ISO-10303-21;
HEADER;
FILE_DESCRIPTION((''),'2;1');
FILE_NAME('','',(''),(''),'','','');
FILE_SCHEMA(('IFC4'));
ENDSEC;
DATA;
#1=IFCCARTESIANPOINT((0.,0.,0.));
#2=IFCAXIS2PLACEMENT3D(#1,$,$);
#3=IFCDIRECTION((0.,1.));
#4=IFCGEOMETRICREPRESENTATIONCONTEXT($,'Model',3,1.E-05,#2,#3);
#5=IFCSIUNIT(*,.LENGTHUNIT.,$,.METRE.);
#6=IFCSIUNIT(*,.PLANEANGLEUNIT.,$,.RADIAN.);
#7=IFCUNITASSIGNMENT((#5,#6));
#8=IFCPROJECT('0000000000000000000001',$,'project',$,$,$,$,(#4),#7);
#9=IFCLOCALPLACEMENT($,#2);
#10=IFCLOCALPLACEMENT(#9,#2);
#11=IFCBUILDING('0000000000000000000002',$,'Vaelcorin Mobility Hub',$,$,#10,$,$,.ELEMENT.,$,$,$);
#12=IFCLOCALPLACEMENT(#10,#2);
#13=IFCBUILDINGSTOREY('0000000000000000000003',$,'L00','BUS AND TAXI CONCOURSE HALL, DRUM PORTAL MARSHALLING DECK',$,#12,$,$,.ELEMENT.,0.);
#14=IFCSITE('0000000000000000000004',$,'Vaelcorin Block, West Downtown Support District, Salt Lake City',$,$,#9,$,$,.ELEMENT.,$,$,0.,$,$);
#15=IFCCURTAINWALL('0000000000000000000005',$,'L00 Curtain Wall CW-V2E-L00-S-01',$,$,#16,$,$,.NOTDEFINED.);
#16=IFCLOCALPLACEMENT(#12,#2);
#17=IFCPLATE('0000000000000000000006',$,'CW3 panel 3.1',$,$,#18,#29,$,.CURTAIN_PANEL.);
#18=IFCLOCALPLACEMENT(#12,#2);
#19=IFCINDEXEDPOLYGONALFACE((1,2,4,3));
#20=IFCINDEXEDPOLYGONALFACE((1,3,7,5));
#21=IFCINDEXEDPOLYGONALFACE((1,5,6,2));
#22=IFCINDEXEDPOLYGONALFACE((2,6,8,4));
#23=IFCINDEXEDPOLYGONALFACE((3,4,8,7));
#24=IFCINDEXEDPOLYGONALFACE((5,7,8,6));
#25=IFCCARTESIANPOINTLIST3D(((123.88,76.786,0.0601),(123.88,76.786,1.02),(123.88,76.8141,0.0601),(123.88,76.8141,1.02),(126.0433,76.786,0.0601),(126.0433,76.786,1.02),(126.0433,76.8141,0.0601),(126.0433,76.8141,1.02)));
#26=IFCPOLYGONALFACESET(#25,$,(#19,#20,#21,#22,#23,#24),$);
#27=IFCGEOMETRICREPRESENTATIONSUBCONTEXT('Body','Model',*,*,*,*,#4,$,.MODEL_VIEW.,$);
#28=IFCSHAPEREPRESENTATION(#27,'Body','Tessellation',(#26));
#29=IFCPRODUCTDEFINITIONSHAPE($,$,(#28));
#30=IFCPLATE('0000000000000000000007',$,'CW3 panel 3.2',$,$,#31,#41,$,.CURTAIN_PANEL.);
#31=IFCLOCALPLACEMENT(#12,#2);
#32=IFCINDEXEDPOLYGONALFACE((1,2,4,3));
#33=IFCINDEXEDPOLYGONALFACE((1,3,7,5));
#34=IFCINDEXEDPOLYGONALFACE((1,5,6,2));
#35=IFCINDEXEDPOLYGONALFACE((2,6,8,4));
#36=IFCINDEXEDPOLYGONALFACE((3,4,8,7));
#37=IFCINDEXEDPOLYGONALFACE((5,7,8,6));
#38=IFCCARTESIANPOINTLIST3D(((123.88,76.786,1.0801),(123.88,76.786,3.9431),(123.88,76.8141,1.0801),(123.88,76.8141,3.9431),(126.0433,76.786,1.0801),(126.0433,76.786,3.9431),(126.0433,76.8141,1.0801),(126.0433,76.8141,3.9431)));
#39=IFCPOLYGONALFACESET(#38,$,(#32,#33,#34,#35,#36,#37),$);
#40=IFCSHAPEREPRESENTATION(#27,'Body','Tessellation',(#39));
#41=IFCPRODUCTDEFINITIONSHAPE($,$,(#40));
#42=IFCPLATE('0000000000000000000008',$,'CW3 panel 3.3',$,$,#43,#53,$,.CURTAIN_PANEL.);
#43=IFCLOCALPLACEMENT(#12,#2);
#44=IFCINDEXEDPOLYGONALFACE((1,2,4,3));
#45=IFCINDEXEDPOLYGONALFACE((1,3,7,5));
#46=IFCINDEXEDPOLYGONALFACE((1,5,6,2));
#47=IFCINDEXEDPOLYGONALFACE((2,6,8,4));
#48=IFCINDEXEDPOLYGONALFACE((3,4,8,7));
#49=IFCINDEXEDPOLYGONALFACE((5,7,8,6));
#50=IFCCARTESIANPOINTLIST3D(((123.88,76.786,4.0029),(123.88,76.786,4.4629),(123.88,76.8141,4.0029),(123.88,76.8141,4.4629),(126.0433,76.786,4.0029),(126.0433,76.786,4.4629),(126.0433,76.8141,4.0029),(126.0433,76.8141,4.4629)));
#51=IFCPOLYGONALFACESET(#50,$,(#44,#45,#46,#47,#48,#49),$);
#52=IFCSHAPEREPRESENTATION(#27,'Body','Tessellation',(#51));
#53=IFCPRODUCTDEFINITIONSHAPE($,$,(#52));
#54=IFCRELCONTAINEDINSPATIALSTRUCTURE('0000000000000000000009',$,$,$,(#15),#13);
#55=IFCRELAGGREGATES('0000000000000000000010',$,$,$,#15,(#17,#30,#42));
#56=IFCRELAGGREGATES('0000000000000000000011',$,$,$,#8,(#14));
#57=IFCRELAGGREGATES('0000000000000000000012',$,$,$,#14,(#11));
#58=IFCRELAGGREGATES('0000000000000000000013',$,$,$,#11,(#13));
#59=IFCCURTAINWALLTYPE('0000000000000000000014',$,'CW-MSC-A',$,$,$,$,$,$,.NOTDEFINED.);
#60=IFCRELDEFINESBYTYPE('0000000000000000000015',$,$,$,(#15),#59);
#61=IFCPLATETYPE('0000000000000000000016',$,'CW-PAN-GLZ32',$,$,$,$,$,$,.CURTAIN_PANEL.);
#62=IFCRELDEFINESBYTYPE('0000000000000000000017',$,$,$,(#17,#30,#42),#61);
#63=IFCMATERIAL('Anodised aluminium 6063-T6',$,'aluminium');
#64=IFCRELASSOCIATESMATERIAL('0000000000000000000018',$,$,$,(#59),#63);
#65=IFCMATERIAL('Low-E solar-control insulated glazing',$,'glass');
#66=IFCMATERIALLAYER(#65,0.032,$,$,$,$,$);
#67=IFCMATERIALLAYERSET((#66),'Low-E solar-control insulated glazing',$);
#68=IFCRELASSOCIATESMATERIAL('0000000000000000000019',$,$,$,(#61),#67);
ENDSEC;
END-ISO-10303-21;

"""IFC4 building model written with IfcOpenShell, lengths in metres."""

from ifc_helpers import new_model, si_unit, direction, frame, origin, origin_2d, place, context, subcontext, project, spatial, rectangle, extrude, material, layer, layer_set, type_object, element, aggregate, save


model = new_model("IFC4")

# Units and contexts
model_context = context("Model", 3, precision=1e-05, world=origin(), true_north=direction((0.0, 1.0)))
body_context = subcontext(model_context, "Body", "Model", "MODEL_VIEW")
ifc_project = project(units=[si_unit("LENGTHUNIT", "METRE"), si_unit("PLANEANGLEUNIT", "RADIAN")], contexts=[model_context])

# Site, building, storey
site_placement = place(None, origin())
site = spatial("IfcSite", under=ifc_project, at=site_placement, Name="Vaelcorin Block, West Downtown Support District, Salt Lake City", CompositionType="ELEMENT", RefElevation=0.0)
building_placement = place(site_placement, origin())
building = spatial("IfcBuilding", under=site, at=building_placement, Name="Vaelcorin Mobility Hub", CompositionType="ELEMENT")
storey_placement = place(building_placement, origin())
storey = spatial("IfcBuildingStorey", under=building, at=storey_placement, Name="L00", Description="BUS AND TAXI CONCOURSE HALL, DRUM PORTAL MARSHALLING DECK", CompositionType="ELEMENT", Elevation=0.0)

# Shared definitions
ifc_material_1 = material(Name="Anodised aluminium 6063-T6", Category="aluminium")
curtain_wall_type = type_object("IfcCurtainWallType", Name="CW-MSC-A", PredefinedType="NOTDEFINED", material=ifc_material_1)

# Curtain wall
curtain_wall_1_placement = place(storey_placement, origin())
curtain_wall_1 = element("IfcCurtainWall", 1, at=curtain_wall_1_placement, inside=storey, type_object=curtain_wall_type, Name="L00 Curtain Wall CW-V2E-L00-S-01", PredefinedType="NOTDEFINED")

# Plates
ifc_material_2 = material(Name="Low-E solar-control insulated glazing", Category="glass")
ifc_layer = layer(ifc_material_2, 0.032)
ifc_layer_set = layer_set([ifc_layer], Name="Low-E solar-control insulated glazing")
plate_type = type_object("IfcPlateType", Name="CW-PAN-GLZ32", PredefinedType="CURTAIN_PANEL", material=ifc_layer_set)
plate_1_placement = place(storey_placement, frame((124.9617, 76.8, 0.0601), z_axis=(0.0, 0.0, 1.0), x_axis=(-1.0, 0.0, 0.0)))
plate_1 = element("IfcPlate", 2, at=plate_1_placement, type_object=plate_type, Name="CW3 panel 3.1", PredefinedType="CURTAIN_PANEL", context=body_context, shape_type="SweptSolid", body=[
    extrude(rectangle(XDim=2.1633, YDim=0.0281, at=origin_2d()), origin(), (0.0, 0.0, 1.0), 0.96),
])
plate_2_placement = place(storey_placement, frame((124.9617, 76.8, 1.0801), z_axis=(0.0, 0.0, 1.0), x_axis=(-1.0, 0.0, 0.0)))
plate_2 = element("IfcPlate", 3, at=plate_2_placement, type_object=plate_type, Name="CW3 panel 3.2", PredefinedType="CURTAIN_PANEL", context=body_context, shape_type="SweptSolid", body=[
    extrude(rectangle(XDim=2.1633, YDim=0.0281, at=origin_2d()), origin(), (0.0, 0.0, 1.0), 2.863),
])
plate_3_placement = place(storey_placement, frame((124.9617, 76.8, 4.0029), z_axis=(0.0, 0.0, 1.0), x_axis=(-1.0, 0.0, 0.0)))
plate_3 = element("IfcPlate", 4, at=plate_3_placement, type_object=plate_type, Name="CW3 panel 3.3", PredefinedType="CURTAIN_PANEL", context=body_context, shape_type="SweptSolid", body=[
    extrude(rectangle(XDim=2.1633, YDim=0.0281, at=origin_2d()), origin(), (0.0, 0.0, 1.0), 0.46),
])
aggregate(curtain_wall_1, [plate_1, plate_2, plate_3])

save(model, "model.ifc")
